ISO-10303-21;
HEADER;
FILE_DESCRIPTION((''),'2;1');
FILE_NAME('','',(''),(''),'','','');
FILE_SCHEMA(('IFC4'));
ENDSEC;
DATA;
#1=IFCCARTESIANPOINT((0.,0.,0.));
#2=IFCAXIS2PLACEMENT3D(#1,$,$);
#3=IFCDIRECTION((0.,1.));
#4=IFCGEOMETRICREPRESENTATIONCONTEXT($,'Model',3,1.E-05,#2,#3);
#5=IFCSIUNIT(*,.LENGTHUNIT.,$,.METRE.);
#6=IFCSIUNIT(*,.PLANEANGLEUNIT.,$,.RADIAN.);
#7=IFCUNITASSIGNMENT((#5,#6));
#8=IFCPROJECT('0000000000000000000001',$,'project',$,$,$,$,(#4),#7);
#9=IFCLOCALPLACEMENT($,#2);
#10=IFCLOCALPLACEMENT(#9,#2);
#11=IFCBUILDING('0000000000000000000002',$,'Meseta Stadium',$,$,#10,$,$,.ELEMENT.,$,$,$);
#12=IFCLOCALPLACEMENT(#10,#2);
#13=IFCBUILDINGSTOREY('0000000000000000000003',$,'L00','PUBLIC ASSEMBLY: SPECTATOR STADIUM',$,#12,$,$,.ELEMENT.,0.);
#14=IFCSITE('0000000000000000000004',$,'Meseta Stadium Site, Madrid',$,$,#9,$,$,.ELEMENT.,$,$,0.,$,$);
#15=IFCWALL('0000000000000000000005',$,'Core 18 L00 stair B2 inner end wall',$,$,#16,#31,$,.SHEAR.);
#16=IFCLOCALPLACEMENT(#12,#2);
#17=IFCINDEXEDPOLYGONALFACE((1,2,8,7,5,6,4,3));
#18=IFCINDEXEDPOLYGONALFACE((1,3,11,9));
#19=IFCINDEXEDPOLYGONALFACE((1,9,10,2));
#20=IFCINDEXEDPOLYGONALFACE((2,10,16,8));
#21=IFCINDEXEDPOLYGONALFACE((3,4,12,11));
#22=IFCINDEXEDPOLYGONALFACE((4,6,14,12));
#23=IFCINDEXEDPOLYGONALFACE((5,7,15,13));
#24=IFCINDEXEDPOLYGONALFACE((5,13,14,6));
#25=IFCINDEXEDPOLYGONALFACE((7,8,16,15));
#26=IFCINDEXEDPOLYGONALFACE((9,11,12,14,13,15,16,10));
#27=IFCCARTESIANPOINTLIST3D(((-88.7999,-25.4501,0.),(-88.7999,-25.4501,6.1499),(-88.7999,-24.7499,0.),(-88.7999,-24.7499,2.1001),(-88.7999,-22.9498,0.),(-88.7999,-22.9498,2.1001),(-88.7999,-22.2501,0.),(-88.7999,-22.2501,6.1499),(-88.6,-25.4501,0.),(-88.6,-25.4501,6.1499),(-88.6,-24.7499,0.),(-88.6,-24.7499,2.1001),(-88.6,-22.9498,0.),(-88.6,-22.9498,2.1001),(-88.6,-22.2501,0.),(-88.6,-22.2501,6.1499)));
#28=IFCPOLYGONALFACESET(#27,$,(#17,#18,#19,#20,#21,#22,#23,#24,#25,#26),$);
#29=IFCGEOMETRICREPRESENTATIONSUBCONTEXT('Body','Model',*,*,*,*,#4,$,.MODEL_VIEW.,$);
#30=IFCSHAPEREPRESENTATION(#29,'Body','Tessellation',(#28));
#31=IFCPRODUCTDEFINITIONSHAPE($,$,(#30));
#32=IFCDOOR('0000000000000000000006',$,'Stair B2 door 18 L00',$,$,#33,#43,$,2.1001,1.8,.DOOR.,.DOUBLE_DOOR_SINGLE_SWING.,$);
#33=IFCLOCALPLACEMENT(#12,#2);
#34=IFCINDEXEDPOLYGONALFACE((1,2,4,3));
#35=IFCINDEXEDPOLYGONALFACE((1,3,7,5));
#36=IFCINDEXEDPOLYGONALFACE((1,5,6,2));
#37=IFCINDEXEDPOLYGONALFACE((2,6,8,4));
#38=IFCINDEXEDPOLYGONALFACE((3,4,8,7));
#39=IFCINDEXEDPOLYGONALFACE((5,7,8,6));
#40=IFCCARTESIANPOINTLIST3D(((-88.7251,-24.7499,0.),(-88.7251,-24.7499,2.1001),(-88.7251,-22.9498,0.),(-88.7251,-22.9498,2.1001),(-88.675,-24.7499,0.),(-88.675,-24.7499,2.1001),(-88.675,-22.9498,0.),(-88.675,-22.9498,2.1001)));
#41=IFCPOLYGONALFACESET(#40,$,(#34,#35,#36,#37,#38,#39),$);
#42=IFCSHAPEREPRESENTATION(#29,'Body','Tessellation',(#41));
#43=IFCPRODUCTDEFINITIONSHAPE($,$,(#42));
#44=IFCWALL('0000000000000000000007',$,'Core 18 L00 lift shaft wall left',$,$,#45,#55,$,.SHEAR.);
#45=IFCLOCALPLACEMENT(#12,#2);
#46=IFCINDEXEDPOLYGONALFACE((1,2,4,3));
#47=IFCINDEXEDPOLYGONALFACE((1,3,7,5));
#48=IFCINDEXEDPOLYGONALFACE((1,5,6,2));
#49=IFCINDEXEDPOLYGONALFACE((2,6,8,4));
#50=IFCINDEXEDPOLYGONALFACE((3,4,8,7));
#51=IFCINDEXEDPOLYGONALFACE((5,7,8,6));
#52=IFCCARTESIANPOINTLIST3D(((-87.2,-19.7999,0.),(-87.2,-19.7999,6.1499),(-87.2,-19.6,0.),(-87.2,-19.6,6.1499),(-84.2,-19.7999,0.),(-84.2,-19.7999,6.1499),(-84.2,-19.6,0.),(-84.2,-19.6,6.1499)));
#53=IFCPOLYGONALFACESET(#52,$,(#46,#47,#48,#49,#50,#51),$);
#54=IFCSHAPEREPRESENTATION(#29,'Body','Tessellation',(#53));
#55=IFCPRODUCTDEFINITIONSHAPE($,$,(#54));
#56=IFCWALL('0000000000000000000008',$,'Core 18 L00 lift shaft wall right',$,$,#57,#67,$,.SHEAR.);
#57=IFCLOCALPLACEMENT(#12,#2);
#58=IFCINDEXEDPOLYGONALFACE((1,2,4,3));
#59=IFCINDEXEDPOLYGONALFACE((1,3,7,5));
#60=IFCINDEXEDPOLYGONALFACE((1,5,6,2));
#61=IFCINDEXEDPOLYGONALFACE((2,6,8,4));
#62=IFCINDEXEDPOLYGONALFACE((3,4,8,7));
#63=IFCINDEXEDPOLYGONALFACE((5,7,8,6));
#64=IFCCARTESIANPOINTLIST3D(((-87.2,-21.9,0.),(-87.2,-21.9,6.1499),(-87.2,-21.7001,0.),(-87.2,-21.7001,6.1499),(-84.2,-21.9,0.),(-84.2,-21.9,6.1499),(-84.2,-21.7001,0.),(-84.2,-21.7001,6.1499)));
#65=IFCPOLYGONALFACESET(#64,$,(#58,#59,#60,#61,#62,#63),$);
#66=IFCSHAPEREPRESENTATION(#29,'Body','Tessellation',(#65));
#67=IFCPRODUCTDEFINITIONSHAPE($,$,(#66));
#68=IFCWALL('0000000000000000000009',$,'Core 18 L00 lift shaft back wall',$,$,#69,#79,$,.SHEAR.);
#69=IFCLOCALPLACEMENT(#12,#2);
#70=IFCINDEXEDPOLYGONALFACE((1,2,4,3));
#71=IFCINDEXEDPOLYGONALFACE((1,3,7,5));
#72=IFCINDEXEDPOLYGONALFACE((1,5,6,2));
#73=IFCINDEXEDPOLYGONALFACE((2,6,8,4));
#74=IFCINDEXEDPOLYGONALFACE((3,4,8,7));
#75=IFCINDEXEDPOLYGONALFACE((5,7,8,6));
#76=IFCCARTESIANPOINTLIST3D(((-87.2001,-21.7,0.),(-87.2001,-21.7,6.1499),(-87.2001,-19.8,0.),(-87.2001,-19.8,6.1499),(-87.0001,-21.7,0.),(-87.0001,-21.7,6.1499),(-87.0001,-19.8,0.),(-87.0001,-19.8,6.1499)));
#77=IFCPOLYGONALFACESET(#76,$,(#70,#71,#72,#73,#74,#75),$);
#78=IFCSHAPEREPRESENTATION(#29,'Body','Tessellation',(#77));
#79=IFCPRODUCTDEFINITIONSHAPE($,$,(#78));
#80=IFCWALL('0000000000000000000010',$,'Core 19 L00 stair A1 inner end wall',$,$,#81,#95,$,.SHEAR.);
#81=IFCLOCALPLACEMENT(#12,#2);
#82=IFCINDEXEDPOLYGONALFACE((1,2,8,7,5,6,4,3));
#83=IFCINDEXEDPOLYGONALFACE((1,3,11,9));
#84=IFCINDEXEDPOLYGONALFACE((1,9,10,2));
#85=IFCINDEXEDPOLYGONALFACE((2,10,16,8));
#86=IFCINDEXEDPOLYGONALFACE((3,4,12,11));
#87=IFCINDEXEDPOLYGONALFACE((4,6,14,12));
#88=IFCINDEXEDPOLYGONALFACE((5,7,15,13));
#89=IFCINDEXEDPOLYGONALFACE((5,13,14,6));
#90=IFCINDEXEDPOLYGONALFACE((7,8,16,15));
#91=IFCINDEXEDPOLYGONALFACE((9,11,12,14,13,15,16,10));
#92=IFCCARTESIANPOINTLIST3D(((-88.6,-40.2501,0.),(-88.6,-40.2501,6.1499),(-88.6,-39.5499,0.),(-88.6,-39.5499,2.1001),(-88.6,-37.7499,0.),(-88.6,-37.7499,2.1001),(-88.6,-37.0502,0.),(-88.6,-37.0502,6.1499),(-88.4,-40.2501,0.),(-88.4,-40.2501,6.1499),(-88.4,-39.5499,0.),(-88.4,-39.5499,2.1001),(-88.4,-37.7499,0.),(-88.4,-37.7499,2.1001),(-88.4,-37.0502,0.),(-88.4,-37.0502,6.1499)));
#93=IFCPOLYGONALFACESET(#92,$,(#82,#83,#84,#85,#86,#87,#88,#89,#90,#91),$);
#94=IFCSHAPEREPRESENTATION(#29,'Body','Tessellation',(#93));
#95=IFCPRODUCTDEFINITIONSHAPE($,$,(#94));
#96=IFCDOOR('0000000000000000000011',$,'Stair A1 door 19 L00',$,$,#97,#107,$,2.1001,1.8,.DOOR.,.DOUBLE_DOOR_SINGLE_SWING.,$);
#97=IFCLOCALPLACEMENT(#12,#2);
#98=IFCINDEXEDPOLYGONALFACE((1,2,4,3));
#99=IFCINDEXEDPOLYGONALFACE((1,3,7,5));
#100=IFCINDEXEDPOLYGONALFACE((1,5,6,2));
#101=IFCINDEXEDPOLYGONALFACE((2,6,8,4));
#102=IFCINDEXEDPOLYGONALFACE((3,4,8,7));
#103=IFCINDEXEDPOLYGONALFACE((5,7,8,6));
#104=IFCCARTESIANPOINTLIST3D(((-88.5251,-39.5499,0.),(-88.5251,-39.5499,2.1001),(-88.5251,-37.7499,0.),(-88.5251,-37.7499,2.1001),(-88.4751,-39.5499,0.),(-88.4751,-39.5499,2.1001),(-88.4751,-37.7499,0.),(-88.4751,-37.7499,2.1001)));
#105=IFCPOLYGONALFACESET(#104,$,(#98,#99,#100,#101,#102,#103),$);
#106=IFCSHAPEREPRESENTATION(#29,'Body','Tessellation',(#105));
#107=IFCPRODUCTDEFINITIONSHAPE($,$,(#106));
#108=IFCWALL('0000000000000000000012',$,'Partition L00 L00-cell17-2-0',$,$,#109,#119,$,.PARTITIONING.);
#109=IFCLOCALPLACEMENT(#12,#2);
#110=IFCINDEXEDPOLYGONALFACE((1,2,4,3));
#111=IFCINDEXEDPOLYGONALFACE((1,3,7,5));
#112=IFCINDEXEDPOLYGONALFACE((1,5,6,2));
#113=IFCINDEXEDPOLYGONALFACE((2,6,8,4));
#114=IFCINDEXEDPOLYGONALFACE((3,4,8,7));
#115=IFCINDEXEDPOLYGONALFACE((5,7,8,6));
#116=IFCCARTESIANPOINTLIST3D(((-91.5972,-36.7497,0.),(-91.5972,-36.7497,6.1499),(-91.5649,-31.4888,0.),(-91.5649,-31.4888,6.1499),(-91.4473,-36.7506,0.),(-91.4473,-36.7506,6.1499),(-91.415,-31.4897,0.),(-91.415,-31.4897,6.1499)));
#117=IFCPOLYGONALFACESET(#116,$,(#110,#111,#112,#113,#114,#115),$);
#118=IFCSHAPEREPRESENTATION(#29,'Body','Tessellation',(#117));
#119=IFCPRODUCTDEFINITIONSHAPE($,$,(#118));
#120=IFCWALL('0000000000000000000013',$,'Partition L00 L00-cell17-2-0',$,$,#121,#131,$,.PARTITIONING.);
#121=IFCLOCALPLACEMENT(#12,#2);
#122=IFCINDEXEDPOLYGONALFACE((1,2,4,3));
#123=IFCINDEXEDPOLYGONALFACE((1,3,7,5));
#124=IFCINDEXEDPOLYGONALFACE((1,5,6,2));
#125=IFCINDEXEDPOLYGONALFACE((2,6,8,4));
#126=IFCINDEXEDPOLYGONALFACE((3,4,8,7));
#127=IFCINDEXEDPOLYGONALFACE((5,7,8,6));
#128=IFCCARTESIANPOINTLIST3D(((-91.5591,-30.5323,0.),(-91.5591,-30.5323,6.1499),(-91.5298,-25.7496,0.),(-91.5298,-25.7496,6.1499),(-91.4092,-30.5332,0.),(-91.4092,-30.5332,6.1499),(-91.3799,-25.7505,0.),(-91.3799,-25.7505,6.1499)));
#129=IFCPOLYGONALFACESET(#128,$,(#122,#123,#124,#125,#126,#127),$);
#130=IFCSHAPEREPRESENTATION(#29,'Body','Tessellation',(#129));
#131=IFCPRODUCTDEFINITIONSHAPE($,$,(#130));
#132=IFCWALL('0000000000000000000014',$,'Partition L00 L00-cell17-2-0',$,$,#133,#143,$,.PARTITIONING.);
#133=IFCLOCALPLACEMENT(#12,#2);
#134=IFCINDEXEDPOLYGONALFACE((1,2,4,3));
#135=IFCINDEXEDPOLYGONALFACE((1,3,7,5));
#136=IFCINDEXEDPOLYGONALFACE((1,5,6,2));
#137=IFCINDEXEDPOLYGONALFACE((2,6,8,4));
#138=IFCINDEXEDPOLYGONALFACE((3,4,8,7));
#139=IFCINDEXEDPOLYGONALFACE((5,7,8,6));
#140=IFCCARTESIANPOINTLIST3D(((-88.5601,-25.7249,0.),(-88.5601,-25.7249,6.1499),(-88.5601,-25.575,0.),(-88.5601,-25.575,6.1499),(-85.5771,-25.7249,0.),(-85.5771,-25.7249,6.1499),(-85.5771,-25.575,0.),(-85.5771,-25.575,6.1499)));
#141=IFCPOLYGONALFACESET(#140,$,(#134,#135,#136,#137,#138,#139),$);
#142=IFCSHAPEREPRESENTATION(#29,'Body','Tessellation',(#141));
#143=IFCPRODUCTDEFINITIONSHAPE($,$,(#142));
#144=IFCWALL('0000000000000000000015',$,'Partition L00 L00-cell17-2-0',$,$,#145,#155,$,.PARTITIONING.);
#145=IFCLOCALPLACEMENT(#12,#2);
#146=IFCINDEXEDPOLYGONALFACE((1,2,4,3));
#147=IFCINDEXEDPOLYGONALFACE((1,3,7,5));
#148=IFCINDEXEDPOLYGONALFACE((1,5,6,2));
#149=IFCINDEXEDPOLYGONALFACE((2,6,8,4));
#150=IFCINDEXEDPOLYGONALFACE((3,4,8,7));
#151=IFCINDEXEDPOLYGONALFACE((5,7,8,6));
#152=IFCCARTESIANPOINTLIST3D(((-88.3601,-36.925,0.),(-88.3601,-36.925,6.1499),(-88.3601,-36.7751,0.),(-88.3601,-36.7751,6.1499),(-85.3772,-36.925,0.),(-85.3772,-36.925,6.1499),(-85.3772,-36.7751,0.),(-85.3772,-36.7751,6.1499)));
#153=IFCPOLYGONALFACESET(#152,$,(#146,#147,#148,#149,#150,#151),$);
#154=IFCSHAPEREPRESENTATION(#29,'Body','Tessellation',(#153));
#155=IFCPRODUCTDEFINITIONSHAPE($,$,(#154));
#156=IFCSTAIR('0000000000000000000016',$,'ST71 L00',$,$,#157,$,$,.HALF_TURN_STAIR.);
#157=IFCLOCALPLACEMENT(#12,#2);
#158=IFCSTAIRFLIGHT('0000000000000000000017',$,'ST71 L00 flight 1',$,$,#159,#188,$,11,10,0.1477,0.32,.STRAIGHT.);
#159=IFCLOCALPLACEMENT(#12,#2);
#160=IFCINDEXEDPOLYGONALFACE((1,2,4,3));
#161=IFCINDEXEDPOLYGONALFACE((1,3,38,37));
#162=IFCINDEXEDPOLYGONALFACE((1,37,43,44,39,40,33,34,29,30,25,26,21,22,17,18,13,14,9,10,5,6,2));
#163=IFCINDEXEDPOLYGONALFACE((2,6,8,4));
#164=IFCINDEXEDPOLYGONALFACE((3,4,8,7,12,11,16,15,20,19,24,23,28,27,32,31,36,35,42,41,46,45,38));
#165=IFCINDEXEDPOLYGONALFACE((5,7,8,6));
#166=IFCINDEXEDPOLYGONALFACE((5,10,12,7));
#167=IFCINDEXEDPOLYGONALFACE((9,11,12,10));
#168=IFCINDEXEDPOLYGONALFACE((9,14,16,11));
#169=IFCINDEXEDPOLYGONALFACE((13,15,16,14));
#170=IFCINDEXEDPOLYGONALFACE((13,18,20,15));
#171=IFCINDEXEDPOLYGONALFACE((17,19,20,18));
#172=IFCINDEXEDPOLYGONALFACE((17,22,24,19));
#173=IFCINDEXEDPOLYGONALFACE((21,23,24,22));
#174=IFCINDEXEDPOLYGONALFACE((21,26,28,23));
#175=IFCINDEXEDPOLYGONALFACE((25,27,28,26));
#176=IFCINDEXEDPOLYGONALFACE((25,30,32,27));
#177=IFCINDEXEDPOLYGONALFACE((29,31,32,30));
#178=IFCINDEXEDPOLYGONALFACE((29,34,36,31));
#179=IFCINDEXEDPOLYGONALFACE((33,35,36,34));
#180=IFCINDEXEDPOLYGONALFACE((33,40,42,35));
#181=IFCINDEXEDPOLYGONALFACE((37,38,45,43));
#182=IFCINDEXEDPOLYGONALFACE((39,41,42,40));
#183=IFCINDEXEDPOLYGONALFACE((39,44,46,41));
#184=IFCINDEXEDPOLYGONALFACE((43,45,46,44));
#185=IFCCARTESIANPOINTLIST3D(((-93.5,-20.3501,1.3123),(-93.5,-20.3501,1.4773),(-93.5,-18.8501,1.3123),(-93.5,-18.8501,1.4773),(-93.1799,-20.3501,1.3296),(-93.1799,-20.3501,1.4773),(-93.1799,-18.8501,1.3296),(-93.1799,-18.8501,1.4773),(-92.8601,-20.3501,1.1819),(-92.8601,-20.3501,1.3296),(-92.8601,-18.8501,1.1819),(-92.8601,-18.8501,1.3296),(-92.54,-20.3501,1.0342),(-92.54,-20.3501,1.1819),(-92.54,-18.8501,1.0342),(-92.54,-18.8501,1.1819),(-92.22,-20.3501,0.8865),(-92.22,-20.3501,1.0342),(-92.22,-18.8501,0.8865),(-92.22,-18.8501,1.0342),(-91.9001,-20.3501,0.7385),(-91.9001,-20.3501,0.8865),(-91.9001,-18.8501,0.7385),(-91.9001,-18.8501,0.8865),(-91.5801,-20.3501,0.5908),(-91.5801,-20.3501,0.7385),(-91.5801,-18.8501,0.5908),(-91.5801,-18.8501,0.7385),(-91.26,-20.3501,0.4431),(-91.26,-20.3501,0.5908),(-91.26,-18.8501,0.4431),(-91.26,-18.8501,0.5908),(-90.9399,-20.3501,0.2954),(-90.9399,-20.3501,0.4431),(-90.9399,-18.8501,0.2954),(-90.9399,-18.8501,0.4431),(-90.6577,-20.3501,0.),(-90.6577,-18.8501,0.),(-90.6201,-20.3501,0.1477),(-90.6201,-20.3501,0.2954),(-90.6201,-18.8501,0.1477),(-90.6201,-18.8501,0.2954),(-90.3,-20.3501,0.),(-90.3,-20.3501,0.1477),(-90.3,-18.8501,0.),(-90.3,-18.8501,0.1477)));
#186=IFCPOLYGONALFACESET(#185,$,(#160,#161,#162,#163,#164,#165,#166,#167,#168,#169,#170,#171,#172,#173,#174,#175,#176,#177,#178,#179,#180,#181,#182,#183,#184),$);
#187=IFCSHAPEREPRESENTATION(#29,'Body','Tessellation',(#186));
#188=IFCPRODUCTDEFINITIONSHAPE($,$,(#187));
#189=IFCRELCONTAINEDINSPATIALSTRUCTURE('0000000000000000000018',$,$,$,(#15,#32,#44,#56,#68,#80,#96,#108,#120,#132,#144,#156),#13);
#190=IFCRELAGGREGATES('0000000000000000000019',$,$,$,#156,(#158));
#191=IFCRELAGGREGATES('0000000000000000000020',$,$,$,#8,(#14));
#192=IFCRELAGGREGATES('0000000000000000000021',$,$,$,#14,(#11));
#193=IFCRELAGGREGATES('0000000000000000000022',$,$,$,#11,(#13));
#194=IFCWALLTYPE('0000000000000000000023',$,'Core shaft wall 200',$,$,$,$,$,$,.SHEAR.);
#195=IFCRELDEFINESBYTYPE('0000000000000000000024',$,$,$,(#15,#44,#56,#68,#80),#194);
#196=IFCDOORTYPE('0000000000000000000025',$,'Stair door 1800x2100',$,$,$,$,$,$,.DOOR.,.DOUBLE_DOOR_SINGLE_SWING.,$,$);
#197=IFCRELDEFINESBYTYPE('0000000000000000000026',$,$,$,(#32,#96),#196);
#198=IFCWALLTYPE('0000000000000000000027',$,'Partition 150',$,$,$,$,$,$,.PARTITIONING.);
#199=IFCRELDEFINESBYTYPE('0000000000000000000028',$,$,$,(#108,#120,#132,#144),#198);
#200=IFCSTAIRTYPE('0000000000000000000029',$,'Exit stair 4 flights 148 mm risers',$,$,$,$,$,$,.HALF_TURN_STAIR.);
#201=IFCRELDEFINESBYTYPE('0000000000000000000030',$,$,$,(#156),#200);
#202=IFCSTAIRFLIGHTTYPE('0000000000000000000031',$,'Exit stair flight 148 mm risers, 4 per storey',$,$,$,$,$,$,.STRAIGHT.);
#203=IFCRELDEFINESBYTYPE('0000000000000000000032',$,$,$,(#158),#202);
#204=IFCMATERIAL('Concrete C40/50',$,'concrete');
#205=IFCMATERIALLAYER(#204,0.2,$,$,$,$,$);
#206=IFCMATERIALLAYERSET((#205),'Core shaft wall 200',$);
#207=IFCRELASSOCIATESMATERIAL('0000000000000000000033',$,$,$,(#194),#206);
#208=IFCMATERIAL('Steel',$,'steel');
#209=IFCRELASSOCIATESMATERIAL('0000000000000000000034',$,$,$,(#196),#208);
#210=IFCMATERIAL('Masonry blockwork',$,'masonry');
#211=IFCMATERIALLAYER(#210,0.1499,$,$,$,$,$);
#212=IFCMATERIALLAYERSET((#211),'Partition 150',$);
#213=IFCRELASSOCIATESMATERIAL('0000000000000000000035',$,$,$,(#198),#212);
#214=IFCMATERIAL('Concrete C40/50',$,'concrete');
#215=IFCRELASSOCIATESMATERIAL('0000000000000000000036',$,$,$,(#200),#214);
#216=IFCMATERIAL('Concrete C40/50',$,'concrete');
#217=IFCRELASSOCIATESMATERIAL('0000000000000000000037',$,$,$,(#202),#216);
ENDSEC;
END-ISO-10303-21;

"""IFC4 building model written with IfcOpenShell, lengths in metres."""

from ifc_helpers import new_model, si_unit, direction, frame, frame_2d, origin, place, context, subcontext, project, spatial, polyline, rectangle, outline, extrude, material, layer, layer_set, type_object, element, fill, aggregate, save


model = new_model("IFC4")

# Units and contexts
model_context = context("Model", 3, precision=1e-05, world=origin(), true_north=direction((0.0, 1.0)))
body_context = subcontext(model_context, "Body", "Model", "MODEL_VIEW")
ifc_project = project(units=[si_unit("LENGTHUNIT", "METRE"), si_unit("PLANEANGLEUNIT", "RADIAN")], contexts=[model_context])

# Site, building, storey
site_placement = place(None, origin())
site = spatial("IfcSite", under=ifc_project, at=site_placement, Name="Meseta Stadium Site, Madrid", CompositionType="ELEMENT", RefElevation=0.0)
building_placement = place(site_placement, origin())
building = spatial("IfcBuilding", under=site, at=building_placement, Name="Meseta Stadium", CompositionType="ELEMENT")
storey_placement = place(building_placement, origin())
storey = spatial("IfcBuildingStorey", under=building, at=storey_placement, Name="L00", Description="PUBLIC ASSEMBLY: SPECTATOR STADIUM", CompositionType="ELEMENT", Elevation=0.0)

# Wall, opening, door
ifc_material_1 = material(Name="Concrete C40/50", Category="concrete")
ifc_layer_1 = layer(ifc_material_1, 0.2)
ifc_layer_set_1 = layer_set([ifc_layer_1], Name="Core shaft wall 200")
wall_type_1 = type_object("IfcWallType", Name="Core shaft wall 200", PredefinedType="SHEAR", material=ifc_layer_set_1)
ifc_material_2 = material(Name="Steel", Category="steel")
door_type = type_object("IfcDoorType", Name="Stair door 1800x2100", OperationType="DOUBLE_DOOR_SINGLE_SWING", PredefinedType="DOOR", material=ifc_material_2)
wall_1_placement = place(storey_placement, frame((-88.7, -22.25, 0.0), z_axis=(0.0, 0.0, 1.0), x_axis=(0.0, -1.0, 0.0)))
wall_1 = element("IfcWall", 1, at=wall_1_placement, inside=storey, type_object=wall_type_1, Name="Core 18 L00 stair B2 inner end wall", PredefinedType="SHEAR", context=body_context, shape_type="SweptSolid", body=[
    extrude(rectangle(XDim=3.2, YDim=0.2, at=frame_2d((1.6001, 0.0))), origin(), (0.0, 0.0, 1.0), 6.1499),
])
opening_1_placement = place(wall_1_placement, frame((0.7, 0.0, 0.0)))
opening_1 = element("IfcOpeningElement", 2, at=opening_1_placement, cuts=wall_1, PredefinedType="OPENING", context=body_context, shape_type="SweptSolid", body=[
    extrude(rectangle(XDim=1.8, YDim=2.1001, at=frame_2d((0.8999, 1.05))), frame((0.0, 0.1099, 0.0), z_axis=(0.0, -1.0, 0.0), x_axis=(1.0, 0.0, 0.0)), (0.0, 0.0, 1.0), 0.22),
])
door_1_placement = place(opening_1_placement, origin())
door_1 = element("IfcDoor", 3, at=door_1_placement, inside=storey, type_object=door_type, Name="Stair B2 door 18 L00", OperationType="DOUBLE_DOOR_SINGLE_SWING", OverallHeight=2.1001, OverallWidth=1.8, PredefinedType="DOOR", context=body_context, shape_type="SweptSolid", body=[
    extrude(rectangle(XDim=1.8, YDim=2.1001, at=frame_2d((0.8999, 1.05))), frame((0.0, 0.0249, 0.0), z_axis=(0.0, -1.0, 0.0), x_axis=(1.0, 0.0, 0.0)), (0.0, 0.0, 1.0), 0.05),
])
fill(opening_1, door_1)

# Walls
for number, where, z_axis, x_axis, name in (
    (4, (-87.2, -19.7, 0.0), (0.0, 0.0, 1.0), (1.0, 0.0, 0.0), "Core 18 L00 lift shaft wall left"),
    (5, (-87.2, -21.8, 0.0), (0.0, 0.0, 1.0), (1.0, 0.0, 0.0), "Core 18 L00 lift shaft wall right"),
):
    element("IfcWall", number, at=place(storey_placement, frame(where, z_axis=z_axis, x_axis=x_axis)), inside=storey, type_object=wall_type_1, Name=name, PredefinedType="SHEAR", context=body_context, shape_type="SweptSolid", body=[
        extrude(rectangle(XDim=3.0, YDim=0.2, at=frame_2d((1.5, 0.0))), origin(), (0.0, 0.0, 1.0), 6.1499),
    ])
wall_2_placement = place(storey_placement, frame((-87.1001, -19.8, 0.0), z_axis=(0.0, 0.0, 1.0), x_axis=(0.0, -1.0, 0.0)))
element("IfcWall", 6, at=wall_2_placement, inside=storey, type_object=wall_type_1, Name="Core 18 L00 lift shaft back wall", PredefinedType="SHEAR", context=body_context, shape_type="SweptSolid", body=[
    extrude(rectangle(XDim=1.8999, YDim=0.2, at=frame_2d((0.95, 0.0))), origin(), (0.0, 0.0, 1.0), 6.1499),
])

# Wall, opening, door
wall_3_placement = place(storey_placement, frame((-88.5, -37.05, 0.0), z_axis=(0.0, 0.0, 1.0), x_axis=(0.0, -1.0, 0.0)))
wall_3 = element("IfcWall", 7, at=wall_3_placement, inside=storey, type_object=wall_type_1, Name="Core 19 L00 stair A1 inner end wall", PredefinedType="SHEAR", context=body_context, shape_type="SweptSolid", body=[
    extrude(rectangle(XDim=3.2, YDim=0.2, at=frame_2d((1.6001, 0.0))), origin(), (0.0, 0.0, 1.0), 6.1499),
])
opening_2_placement = place(wall_3_placement, frame((0.7, 0.0, 0.0)))
opening_2 = element("IfcOpeningElement", 8, at=opening_2_placement, cuts=wall_3, PredefinedType="OPENING", context=body_context, shape_type="SweptSolid", body=[
    extrude(rectangle(XDim=1.8, YDim=2.1001, at=frame_2d((0.8999, 1.05))), frame((0.0, 0.1099, 0.0), z_axis=(0.0, -1.0, 0.0), x_axis=(1.0, 0.0, 0.0)), (0.0, 0.0, 1.0), 0.22),
])
door_2_placement = place(opening_2_placement, origin())
door_2 = element("IfcDoor", 9, at=door_2_placement, inside=storey, type_object=door_type, Name="Stair A1 door 19 L00", OperationType="DOUBLE_DOOR_SINGLE_SWING", OverallHeight=2.1001, OverallWidth=1.8, PredefinedType="DOOR", context=body_context, shape_type="SweptSolid", body=[
    extrude(rectangle(XDim=1.8, YDim=2.1001, at=frame_2d((0.8999, 1.05))), frame((0.0, 0.0249, 0.0), z_axis=(0.0, -1.0, 0.0), x_axis=(1.0, 0.0, 0.0)), (0.0, 0.0, 1.0), 0.05),
])
fill(opening_2, door_2)

# Walls
ifc_material_3 = material(Name="Masonry blockwork", Category="masonry")
ifc_layer_2 = layer(ifc_material_3, 0.1499)
ifc_layer_set_2 = layer_set([ifc_layer_2], Name="Partition 150")
wall_type_2 = type_object("IfcWallType", Name="Partition 150", PredefinedType="PARTITIONING", material=ifc_layer_set_2)
wall_4_placement = place(storey_placement, frame((-91.5222, -36.75, 0.0), z_axis=(0.0, 0.0, 1.0), x_axis=(0.006125, 0.999981, 0.0)))
element("IfcWall", 10, at=wall_4_placement, inside=storey, type_object=wall_type_2, Name="Partition L00 L00-cell17-2-0", PredefinedType="PARTITIONING", context=body_context, shape_type="SweptSolid", body=[
    extrude(rectangle(XDim=5.261, YDim=0.1499, at=frame_2d((2.6304, 0.0))), origin(), (0.0, 0.0, 1.0), 6.1499),
])
wall_5_placement = place(storey_placement, frame((-91.4841, -30.5327, 0.0), z_axis=(0.0, 0.0, 1.0), x_axis=(0.006125, 0.999981, 0.0)))
element("IfcWall", 11, at=wall_5_placement, inside=storey, type_object=wall_type_2, Name="Partition L00 L00-cell17-2-0", PredefinedType="PARTITIONING", context=body_context, shape_type="SweptSolid", body=[
    extrude(rectangle(XDim=4.7827, YDim=0.1499, at=frame_2d((2.3914, 0.0))), origin(), (0.0, 0.0, 1.0), 6.1499),
])
for number, where, z_axis, x_axis, name in (
    (12, (-88.5601, -25.6499, 0.0), (0.0, 0.0, 1.0), (1.0, 0.0, 0.0), "Partition L00 L00-cell17-2-0"),
    (13, (-85.3772, -36.8501, 0.0), (0.0, 0.0, 1.0), (-1.0, 0.0, 0.0), "Partition L00 L00-cell17-2-0"),
):
    element("IfcWall", number, at=place(storey_placement, frame(where, z_axis=z_axis, x_axis=x_axis)), inside=storey, type_object=wall_type_2, Name=name, PredefinedType="PARTITIONING", context=body_context, shape_type="SweptSolid", body=[
        extrude(rectangle(XDim=2.9829, YDim=0.1499, at=frame_2d((1.4915, 0.0))), origin(), (0.0, 0.0, 1.0), 6.1499),
    ])

# Stair, stair flight
ifc_material_4 = material(Name="Concrete C40/50", Category="concrete")
stair_type = type_object("IfcStairType", Name="Exit stair 4 flights 148 mm risers", PredefinedType="HALF_TURN_STAIR", material=ifc_material_4)
stair_1_placement = place(storey_placement, origin())
stair_1 = element("IfcStair", 14, at=stair_1_placement, inside=storey, type_object=stair_type, Name="ST71 L00", PredefinedType="HALF_TURN_STAIR")
ifc_material_5 = material(Name="Concrete C40/50", Category="concrete")
stair_flight_type = type_object("IfcStairFlightType", Name="Exit stair flight 148 mm risers, 4 per storey", PredefinedType="STRAIGHT", material=ifc_material_5)
stair_flight_1_placement = place(storey_placement, frame((-90.3, -19.6001, 0.0), z_axis=(0.0, 0.0, 1.0), x_axis=(-1.0, 0.0, 0.0)))
stair_flight_1 = element("IfcStairFlight", 15, at=stair_flight_1_placement, type_object=stair_flight_type, Name="ST71 L00 flight 1", NumberOfRisers=11, NumberOfTreads=10, PredefinedType="STRAIGHT", RiserHeight=0.1477, TreadLength=0.32, context=body_context, shape_type="SweptSolid", body=[
    extrude(outline(polyline([(0.0, 0.0), (0.0, 0.1477), (0.3201, 0.1477), (0.3201, 0.2954), (0.6399, 0.2954), (0.6399, 0.4431), (0.96, 0.4431), (0.96, 0.5908), (1.28, 0.5908), (1.28, 0.7385), (1.6001, 0.7385), (1.6001, 0.8865), (1.9199, 0.8865), (1.9199, 1.0342), (2.24, 1.0342), (2.24, 1.1819), (2.5601, 1.1819), (2.5601, 1.3296), (2.8799, 1.3296), (2.8799, 1.4773), (3.2, 1.4773), (3.2, 1.3123), (0.3577, 0.0), (0.0, 0.0)])), frame((0.0, 0.75, 0.0), z_axis=(0.0, -1.0, 0.0), x_axis=(1.0, 0.0, 0.0)), (0.0, 0.0, 1.0), 1.5),
])
aggregate(stair_1, [stair_flight_1])

save(model, "model.ifc")
